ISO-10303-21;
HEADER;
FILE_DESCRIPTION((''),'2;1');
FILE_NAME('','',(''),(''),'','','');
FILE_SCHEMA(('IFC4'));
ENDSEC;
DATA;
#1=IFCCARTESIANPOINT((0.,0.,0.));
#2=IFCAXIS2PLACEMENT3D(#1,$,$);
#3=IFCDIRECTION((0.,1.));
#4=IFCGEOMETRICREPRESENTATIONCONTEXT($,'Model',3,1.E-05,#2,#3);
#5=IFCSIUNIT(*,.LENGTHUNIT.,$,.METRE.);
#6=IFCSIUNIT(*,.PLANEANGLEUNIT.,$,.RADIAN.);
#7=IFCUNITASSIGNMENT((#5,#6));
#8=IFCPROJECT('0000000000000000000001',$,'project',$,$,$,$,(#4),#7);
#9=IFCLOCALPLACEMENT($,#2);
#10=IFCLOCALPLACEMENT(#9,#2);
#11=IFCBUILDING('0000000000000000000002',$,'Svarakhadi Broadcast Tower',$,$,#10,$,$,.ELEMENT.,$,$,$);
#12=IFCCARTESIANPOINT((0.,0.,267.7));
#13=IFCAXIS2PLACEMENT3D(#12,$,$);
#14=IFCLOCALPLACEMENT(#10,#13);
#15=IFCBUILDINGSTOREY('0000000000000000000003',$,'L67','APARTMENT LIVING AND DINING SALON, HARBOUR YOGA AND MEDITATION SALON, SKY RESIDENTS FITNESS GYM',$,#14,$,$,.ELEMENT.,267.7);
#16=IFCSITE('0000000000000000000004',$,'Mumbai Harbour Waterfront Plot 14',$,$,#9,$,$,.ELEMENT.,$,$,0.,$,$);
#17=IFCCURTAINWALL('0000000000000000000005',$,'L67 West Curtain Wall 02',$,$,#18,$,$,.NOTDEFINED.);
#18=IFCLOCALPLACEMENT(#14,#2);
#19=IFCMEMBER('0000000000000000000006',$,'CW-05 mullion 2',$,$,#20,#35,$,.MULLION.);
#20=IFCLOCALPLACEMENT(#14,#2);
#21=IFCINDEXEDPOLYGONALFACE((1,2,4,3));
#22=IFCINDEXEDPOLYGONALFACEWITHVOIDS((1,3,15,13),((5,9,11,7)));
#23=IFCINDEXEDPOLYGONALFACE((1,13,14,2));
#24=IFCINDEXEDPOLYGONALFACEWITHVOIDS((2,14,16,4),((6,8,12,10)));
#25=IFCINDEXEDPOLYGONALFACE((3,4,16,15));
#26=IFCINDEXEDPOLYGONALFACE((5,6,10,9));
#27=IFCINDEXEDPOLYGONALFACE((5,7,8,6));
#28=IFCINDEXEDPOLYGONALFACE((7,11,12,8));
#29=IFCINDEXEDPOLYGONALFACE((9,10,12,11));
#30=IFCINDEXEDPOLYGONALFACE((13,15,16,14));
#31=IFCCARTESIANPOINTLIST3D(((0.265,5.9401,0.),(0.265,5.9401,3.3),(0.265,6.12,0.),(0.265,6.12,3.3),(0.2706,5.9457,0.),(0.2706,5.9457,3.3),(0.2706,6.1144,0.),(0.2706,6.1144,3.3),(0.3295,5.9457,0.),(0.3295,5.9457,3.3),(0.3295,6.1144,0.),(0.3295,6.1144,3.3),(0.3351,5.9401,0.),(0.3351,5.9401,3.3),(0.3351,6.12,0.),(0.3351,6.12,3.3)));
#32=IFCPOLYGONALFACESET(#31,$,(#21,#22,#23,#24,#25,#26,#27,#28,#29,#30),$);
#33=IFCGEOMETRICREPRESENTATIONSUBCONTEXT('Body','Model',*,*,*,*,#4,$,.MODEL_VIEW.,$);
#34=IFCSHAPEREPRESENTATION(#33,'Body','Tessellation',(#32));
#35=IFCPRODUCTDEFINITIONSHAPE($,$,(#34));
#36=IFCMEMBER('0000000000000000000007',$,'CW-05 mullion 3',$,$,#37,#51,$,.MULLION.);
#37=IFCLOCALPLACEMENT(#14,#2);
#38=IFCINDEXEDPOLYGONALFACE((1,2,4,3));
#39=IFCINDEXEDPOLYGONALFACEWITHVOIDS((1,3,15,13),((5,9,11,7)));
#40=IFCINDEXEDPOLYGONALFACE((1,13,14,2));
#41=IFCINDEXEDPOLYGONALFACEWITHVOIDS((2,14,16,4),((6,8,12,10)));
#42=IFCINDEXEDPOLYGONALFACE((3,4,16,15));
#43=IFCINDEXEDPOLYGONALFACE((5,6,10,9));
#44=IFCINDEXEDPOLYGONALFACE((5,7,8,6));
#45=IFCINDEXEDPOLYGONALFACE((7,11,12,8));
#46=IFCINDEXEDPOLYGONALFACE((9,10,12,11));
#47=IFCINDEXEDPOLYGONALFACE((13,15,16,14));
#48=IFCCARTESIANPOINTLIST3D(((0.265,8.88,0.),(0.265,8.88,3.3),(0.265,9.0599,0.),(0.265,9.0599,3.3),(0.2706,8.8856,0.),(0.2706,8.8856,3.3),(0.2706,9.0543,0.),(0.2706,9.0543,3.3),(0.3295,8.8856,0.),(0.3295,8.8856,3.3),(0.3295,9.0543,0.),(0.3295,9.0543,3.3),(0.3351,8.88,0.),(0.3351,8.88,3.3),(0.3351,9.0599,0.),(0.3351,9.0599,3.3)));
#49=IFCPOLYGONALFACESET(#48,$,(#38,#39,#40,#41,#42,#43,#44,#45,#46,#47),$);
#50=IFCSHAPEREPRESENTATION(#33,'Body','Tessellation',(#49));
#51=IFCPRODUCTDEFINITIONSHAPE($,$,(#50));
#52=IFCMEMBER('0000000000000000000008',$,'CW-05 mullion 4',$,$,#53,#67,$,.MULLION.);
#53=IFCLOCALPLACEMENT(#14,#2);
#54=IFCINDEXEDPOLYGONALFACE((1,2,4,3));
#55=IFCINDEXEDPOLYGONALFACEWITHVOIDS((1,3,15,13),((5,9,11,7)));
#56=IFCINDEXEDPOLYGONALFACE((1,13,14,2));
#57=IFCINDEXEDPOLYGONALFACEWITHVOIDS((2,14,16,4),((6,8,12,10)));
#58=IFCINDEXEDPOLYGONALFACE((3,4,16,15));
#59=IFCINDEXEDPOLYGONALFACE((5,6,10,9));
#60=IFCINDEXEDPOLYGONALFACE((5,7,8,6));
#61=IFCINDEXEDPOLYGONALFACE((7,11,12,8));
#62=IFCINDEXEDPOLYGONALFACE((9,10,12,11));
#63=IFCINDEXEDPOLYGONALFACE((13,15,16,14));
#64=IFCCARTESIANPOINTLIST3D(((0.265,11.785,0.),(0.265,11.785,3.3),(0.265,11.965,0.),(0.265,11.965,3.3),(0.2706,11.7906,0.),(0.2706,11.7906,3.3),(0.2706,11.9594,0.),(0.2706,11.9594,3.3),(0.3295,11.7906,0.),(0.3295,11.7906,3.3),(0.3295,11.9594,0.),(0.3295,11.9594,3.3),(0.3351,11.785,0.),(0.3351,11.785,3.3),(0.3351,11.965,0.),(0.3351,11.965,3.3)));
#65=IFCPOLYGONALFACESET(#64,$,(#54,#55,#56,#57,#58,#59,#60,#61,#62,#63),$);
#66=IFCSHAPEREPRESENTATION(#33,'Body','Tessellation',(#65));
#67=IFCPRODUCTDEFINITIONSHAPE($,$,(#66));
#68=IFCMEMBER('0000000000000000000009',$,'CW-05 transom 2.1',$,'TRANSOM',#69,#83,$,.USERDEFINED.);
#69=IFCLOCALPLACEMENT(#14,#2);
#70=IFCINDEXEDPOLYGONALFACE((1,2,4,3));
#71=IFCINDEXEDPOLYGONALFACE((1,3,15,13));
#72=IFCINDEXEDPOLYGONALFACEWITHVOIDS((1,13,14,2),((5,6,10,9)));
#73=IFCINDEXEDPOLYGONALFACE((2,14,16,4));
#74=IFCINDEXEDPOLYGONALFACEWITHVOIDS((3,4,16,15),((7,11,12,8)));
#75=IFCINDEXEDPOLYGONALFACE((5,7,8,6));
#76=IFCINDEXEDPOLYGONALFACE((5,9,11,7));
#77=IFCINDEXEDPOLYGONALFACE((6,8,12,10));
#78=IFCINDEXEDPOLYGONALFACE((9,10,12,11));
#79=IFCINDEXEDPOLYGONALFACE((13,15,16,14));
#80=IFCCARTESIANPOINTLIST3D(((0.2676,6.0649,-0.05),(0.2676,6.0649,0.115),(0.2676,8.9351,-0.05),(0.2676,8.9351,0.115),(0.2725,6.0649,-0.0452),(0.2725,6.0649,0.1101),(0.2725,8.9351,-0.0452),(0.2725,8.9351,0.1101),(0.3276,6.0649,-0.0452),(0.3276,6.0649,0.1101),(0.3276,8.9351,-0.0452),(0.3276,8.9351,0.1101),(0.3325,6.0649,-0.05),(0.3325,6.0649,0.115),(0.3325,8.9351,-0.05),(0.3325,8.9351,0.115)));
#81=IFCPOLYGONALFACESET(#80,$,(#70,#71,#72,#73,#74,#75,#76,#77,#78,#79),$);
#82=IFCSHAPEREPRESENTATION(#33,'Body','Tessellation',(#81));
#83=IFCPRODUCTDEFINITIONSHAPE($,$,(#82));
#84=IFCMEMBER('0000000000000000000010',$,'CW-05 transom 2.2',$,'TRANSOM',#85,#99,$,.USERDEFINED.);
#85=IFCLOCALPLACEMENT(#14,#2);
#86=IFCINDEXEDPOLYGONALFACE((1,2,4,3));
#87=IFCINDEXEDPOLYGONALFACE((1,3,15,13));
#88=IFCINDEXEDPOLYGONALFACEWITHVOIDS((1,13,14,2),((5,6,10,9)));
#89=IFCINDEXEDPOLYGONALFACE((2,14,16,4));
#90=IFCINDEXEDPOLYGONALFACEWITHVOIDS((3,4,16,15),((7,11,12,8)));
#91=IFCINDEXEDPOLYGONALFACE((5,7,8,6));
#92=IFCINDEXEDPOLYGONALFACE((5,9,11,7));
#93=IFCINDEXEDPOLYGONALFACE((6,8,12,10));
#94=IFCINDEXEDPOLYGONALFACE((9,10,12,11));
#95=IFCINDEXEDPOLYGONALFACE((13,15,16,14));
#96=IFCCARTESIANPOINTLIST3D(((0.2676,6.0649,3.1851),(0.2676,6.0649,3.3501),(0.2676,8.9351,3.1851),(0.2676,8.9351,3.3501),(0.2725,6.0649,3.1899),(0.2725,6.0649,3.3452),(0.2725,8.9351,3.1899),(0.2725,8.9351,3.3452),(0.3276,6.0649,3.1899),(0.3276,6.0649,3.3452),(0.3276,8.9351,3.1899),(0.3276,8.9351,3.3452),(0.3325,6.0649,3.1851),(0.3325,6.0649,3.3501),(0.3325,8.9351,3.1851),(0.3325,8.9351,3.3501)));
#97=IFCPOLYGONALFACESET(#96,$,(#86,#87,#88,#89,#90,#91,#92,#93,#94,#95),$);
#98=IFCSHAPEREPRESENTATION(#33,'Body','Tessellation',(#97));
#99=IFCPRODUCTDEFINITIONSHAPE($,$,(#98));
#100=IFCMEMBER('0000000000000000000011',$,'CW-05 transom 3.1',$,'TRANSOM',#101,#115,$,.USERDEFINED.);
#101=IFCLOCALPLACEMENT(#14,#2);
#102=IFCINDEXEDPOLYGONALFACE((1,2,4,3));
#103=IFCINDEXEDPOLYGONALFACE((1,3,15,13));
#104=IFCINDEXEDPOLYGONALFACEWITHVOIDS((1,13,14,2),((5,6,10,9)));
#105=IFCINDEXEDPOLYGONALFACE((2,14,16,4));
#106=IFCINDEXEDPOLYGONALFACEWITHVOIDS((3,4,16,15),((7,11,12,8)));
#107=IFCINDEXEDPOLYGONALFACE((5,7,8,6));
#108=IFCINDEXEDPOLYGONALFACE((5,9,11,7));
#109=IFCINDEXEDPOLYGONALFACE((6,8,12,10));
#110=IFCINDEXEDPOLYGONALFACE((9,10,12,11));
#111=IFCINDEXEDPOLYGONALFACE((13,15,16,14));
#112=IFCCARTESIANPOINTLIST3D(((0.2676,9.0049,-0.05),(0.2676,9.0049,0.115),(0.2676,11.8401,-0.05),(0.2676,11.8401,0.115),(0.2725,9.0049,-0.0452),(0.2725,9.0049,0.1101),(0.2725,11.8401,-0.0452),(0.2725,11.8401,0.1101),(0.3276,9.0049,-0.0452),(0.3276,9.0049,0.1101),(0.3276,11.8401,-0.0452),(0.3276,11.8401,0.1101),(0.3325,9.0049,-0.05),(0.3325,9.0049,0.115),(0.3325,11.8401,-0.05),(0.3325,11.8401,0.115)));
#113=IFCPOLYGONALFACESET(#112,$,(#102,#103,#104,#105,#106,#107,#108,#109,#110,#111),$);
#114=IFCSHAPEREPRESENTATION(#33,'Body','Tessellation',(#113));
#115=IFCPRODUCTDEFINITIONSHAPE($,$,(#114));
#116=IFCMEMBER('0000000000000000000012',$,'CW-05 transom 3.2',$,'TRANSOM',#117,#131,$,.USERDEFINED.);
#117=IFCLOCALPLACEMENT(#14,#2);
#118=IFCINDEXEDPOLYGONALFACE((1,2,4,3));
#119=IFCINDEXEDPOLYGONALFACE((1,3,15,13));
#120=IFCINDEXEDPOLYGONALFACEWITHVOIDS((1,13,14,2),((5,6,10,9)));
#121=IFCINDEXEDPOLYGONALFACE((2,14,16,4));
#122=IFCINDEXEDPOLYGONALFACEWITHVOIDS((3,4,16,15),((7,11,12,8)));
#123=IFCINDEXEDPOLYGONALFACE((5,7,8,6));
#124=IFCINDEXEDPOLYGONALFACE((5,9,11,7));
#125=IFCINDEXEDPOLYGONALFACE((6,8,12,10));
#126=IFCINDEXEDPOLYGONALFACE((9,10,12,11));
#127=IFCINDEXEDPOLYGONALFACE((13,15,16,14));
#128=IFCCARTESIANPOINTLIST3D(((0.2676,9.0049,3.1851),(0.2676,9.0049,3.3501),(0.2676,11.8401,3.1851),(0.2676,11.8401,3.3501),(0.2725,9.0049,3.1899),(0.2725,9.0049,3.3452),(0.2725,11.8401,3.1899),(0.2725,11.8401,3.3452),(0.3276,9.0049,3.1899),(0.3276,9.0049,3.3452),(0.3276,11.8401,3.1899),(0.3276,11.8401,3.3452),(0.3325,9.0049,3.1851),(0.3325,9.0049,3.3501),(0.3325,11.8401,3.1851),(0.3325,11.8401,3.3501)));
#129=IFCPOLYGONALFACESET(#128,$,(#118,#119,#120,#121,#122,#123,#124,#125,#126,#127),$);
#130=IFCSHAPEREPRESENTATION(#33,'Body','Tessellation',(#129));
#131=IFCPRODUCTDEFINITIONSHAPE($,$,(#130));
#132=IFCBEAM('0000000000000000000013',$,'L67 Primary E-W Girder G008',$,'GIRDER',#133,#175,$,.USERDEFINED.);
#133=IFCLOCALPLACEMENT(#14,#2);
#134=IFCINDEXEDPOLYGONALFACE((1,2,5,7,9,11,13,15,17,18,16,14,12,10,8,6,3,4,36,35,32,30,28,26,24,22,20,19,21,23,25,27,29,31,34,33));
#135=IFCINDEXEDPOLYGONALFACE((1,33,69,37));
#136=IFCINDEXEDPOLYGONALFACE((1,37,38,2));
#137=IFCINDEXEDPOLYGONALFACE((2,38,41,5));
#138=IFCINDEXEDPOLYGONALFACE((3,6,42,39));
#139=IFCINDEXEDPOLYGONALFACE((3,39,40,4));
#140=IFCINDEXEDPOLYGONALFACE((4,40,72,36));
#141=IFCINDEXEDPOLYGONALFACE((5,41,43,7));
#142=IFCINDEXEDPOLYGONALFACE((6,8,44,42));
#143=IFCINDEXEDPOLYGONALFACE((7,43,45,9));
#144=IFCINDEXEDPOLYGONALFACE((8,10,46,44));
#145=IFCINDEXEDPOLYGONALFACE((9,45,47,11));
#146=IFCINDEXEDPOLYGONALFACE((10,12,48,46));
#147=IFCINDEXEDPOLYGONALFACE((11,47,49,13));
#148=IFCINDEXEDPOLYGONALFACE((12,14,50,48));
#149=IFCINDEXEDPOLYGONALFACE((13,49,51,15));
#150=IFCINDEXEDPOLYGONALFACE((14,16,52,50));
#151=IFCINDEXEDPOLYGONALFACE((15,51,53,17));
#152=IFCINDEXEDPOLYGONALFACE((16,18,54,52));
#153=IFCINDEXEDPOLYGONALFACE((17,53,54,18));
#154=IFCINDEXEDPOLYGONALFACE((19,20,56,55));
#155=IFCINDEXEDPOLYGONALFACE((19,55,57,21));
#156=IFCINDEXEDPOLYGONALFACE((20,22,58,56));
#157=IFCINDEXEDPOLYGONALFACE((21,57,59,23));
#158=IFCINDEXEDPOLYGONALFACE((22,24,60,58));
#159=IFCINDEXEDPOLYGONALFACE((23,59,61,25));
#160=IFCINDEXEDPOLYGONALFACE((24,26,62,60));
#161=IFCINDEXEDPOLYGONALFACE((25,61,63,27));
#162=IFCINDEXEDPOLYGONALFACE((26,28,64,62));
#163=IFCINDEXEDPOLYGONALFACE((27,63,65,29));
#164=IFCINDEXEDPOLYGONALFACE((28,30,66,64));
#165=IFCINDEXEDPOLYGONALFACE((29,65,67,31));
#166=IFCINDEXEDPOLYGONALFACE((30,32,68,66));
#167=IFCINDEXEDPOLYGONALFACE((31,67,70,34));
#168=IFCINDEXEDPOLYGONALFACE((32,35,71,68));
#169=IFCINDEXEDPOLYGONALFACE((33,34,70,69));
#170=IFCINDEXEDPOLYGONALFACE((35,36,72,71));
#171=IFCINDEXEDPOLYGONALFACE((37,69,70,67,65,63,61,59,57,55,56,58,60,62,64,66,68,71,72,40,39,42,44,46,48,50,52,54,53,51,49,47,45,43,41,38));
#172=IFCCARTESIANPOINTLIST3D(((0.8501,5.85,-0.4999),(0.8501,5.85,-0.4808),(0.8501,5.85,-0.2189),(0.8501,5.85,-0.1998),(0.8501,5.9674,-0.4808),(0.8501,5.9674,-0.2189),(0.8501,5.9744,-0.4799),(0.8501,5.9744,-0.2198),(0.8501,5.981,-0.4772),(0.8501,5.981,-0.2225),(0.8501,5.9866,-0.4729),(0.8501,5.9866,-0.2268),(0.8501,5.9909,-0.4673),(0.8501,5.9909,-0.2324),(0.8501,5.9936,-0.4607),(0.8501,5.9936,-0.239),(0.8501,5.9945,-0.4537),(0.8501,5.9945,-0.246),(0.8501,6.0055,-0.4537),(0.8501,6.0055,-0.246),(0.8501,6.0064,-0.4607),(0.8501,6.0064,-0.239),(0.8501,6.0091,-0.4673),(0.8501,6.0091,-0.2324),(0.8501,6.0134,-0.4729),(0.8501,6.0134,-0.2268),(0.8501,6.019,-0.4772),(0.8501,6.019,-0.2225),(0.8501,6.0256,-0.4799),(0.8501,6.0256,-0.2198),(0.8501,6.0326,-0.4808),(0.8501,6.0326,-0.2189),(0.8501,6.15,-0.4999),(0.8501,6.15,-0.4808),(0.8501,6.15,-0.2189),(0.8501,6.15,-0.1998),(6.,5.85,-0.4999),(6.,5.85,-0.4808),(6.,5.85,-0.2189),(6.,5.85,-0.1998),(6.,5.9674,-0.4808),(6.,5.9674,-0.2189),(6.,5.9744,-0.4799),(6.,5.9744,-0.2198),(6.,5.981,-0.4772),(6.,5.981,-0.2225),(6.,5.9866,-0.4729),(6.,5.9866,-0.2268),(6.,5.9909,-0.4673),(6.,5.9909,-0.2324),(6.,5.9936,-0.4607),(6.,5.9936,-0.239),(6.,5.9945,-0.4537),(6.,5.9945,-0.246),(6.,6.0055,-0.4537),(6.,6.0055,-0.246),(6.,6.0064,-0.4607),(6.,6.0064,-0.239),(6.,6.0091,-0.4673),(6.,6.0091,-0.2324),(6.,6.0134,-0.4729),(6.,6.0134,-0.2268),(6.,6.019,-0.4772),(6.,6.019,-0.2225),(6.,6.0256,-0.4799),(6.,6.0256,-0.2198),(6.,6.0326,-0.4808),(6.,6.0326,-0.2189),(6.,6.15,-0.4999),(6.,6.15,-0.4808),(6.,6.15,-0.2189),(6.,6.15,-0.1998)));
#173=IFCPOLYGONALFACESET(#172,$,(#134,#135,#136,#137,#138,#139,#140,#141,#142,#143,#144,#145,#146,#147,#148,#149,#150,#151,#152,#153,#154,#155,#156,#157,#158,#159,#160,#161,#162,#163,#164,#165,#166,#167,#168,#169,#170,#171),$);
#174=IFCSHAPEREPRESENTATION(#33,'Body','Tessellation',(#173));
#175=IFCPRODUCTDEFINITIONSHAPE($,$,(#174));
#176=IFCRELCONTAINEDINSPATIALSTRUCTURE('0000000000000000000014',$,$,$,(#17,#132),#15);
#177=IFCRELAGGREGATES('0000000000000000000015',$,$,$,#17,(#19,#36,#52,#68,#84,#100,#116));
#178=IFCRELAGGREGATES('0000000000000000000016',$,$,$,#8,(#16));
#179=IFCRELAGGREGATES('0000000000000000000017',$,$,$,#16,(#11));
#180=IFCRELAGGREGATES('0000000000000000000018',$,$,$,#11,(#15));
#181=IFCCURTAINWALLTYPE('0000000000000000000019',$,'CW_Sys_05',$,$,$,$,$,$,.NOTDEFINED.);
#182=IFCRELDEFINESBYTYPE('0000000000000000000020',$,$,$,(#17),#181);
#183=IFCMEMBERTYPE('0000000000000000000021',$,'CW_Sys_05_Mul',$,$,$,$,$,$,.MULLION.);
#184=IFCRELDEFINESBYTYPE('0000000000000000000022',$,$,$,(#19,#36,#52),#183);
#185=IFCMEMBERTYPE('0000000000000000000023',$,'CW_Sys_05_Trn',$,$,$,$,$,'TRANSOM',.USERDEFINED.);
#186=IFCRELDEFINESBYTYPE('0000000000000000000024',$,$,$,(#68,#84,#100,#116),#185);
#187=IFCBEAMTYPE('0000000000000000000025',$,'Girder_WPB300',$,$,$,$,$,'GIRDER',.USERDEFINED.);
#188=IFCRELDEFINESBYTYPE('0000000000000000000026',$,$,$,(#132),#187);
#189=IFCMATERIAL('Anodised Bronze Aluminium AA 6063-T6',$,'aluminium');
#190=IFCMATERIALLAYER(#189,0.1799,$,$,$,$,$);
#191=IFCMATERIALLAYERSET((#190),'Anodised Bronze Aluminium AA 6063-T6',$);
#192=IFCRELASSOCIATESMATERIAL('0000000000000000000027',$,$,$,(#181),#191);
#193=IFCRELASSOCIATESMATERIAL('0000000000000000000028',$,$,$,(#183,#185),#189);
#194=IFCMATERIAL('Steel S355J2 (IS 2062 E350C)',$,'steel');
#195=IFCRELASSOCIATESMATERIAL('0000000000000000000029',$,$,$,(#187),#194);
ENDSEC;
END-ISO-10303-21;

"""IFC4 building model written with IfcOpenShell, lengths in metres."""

from ifc_helpers import new_model, si_unit, direction, frame, origin, origin_2d, place, context, subcontext, project, spatial, hollow_rectangle, i_section, extrude, material, layer, layer_set, material_profile, profile_set, type_object, element, aggregate, save


model = new_model("IFC4")

# Units and contexts
model_context = context("Model", 3, precision=1e-05, world=origin(), true_north=direction((0.0, 1.0)))
body_context = subcontext(model_context, "Body", "Model", "MODEL_VIEW")
ifc_project = project(units=[si_unit("LENGTHUNIT", "METRE"), si_unit("PLANEANGLEUNIT", "RADIAN")], contexts=[model_context])

# Site, building, storey
site_placement = place(None, origin())
site = spatial("IfcSite", under=ifc_project, at=site_placement, Name="Mumbai Harbour Waterfront Plot 14", CompositionType="ELEMENT", RefElevation=0.0)
building_placement = place(site_placement, origin())
building = spatial("IfcBuilding", under=site, at=building_placement, Name="Svarakhadi Broadcast Tower", CompositionType="ELEMENT")
storey_placement = place(building_placement, frame((0.0, 0.0, 267.7)))
storey = spatial("IfcBuildingStorey", under=building, at=storey_placement, Name="L67", Description="APARTMENT LIVING AND DINING SALON, HARBOUR YOGA AND MEDITATION SALON, SKY RESIDENTS FITNESS GYM", CompositionType="ELEMENT", Elevation=267.7)

# Shared definitions
ifc_material_1 = material(Name="Steel S355J2 (IS 2062 E350C)", Category="steel")

# Curtain wall, members
ifc_material_2 = material(Name="Anodised Bronze Aluminium AA 6063-T6", Category="aluminium")
ifc_layer_1 = layer(ifc_material_2, 0.1799)
ifc_layer_set_1 = layer_set([ifc_layer_1], Name="Anodised Bronze Aluminium AA 6063-T6")
curtain_wall_type = type_object("IfcCurtainWallType", Name="CW_Sys_05", PredefinedType="NOTDEFINED", material=ifc_layer_set_1)
curtain_wall_placement = place(storey_placement, origin())
curtain_wall = element("IfcCurtainWall", 1, at=curtain_wall_placement, inside=storey, type_object=curtain_wall_type, Name="L67 West Curtain Wall 02", PredefinedType="NOTDEFINED")
ifc_material_profile_1 = material_profile(ifc_material_2, hollow_rectangle(XDim=0.0701, YDim=0.1799, WallThickness=0.0056, at=origin_2d()), Name="ALU MULLION 180x70x6")
ifc_profile_set_1 = profile_set([ifc_material_profile_1], Name="Anodised Bronze Aluminium AA 6063-T6")
member_type_1 = type_object("IfcMemberType", Name="CW_Sys_05_Mul", PredefinedType="MULLION", material=ifc_profile_set_1)
member_1_placement = place(storey_placement, frame((0.3, 6.03, 0.0), z_axis=(0.0, 0.0, 1.0), x_axis=(-1.0, 0.0, 0.0)))
member_1 = element("IfcMember", 2, at=member_1_placement, type_object=member_type_1, Name="CW-05 mullion 2", PredefinedType="MULLION", context=body_context, shape_type="SweptSolid", body=[
    extrude(hollow_rectangle(XDim=0.0701, YDim=0.1799, WallThickness=0.0056, at=origin_2d()), origin(), (0.0, 0.0, 1.0), 3.3),
])
member_2_placement = place(storey_placement, frame((0.3, 8.97, 0.0), z_axis=(0.0, 0.0, 1.0), x_axis=(-1.0, 0.0, 0.0)))
member_2 = element("IfcMember", 3, at=member_2_placement, type_object=member_type_1, Name="CW-05 mullion 3", PredefinedType="MULLION", context=body_context, shape_type="SweptSolid", body=[
    extrude(hollow_rectangle(XDim=0.0701, YDim=0.1799, WallThickness=0.0056, at=origin_2d()), origin(), (0.0, 0.0, 1.0), 3.3),
])
member_3_placement = place(storey_placement, frame((0.3, 11.875, 0.0), z_axis=(0.0, 0.0, 1.0), x_axis=(-1.0, 0.0, 0.0)))
member_3 = element("IfcMember", 4, at=member_3_placement, type_object=member_type_1, Name="CW-05 mullion 4", PredefinedType="MULLION", context=body_context, shape_type="SweptSolid", body=[
    extrude(hollow_rectangle(XDim=0.0701, YDim=0.1799, WallThickness=0.0056, at=origin_2d()), origin(), (0.0, 0.0, 1.0), 3.3),
])
ifc_material_profile_2 = material_profile(ifc_material_2, hollow_rectangle(XDim=0.0649, YDim=0.165, WallThickness=0.0049, at=origin_2d()), Name="ALU TRANSOM 165x65x5")
ifc_profile_set_2 = profile_set([ifc_material_profile_2], Name="Anodised Bronze Aluminium AA 6063-T6")
member_type_2 = type_object("IfcMemberType", Name="CW_Sys_05_Trn", ElementType="TRANSOM", PredefinedType="USERDEFINED", material=ifc_profile_set_2)
member_4_placement = place(storey_placement, frame((0.3, 6.0649, 0.0325), z_axis=(0.0, 1.0, 0.0), x_axis=(-1.0, 0.0, 0.0)))
member_4 = element("IfcMember", 5, at=member_4_placement, type_object=member_type_2, Name="CW-05 transom 2.1", ObjectType="TRANSOM", PredefinedType="USERDEFINED", context=body_context, shape_type="SweptSolid", body=[
    extrude(hollow_rectangle(XDim=0.0649, YDim=0.165, WallThickness=0.0049, at=origin_2d()), origin(), (0.0, 0.0, 1.0), 2.8701),
])
member_5_placement = place(storey_placement, frame((0.3, 6.0649, 3.2676), z_axis=(0.0, 1.0, 0.0), x_axis=(-1.0, 0.0, 0.0)))
member_5 = element("IfcMember", 6, at=member_5_placement, type_object=member_type_2, Name="CW-05 transom 2.2", ObjectType="TRANSOM", PredefinedType="USERDEFINED", context=body_context, shape_type="SweptSolid", body=[
    extrude(hollow_rectangle(XDim=0.0649, YDim=0.165, WallThickness=0.0049, at=origin_2d()), origin(), (0.0, 0.0, 1.0), 2.8701),
])
member_6_placement = place(storey_placement, frame((0.3, 9.0049, 0.0325), z_axis=(0.0, 1.0, 0.0), x_axis=(-1.0, 0.0, 0.0)))
member_6 = element("IfcMember", 7, at=member_6_placement, type_object=member_type_2, Name="CW-05 transom 3.1", ObjectType="TRANSOM", PredefinedType="USERDEFINED", context=body_context, shape_type="SweptSolid", body=[
    extrude(hollow_rectangle(XDim=0.0649, YDim=0.165, WallThickness=0.0049, at=origin_2d()), origin(), (0.0, 0.0, 1.0), 2.8352),
])
member_7_placement = place(storey_placement, frame((0.3, 9.0049, 3.2676), z_axis=(0.0, 1.0, 0.0), x_axis=(-1.0, 0.0, 0.0)))
member_7 = element("IfcMember", 8, at=member_7_placement, type_object=member_type_2, Name="CW-05 transom 3.2", ObjectType="TRANSOM", PredefinedType="USERDEFINED", context=body_context, shape_type="SweptSolid", body=[
    extrude(hollow_rectangle(XDim=0.0649, YDim=0.165, WallThickness=0.0049, at=origin_2d()), origin(), (0.0, 0.0, 1.0), 2.8352),
])

# Beam
ifc_material_profile_3 = material_profile(ifc_material_1, i_section(OverallWidth=0.3, OverallDepth=0.3, WebThickness=0.011, FlangeThickness=0.019, FilletRadius=0.0271, at=origin_2d()), Name="WPB 300x300x117")
ifc_profile_set_3 = profile_set([ifc_material_profile_3], Name="Steel S355J2 (IS 2062 E350C)")
beam_type_1 = type_object("IfcBeamType", Name="Girder_WPB300", ElementType="GIRDER", PredefinedType="USERDEFINED", material=ifc_profile_set_3)
for number, where, z_axis, x_axis, name in (
    (9, (0.8501, 6.0, -0.3499), (1.0, 0.0, 0.0), (0.0, 1.0, 0.0), "L67 Primary E-W Girder G008"),
):
    element("IfcBeam", number, at=place(storey_placement, frame(where, z_axis=z_axis, x_axis=x_axis)), inside=storey, type_object=beam_type_1, Name=name, ObjectType="GIRDER", PredefinedType="USERDEFINED", context=body_context, shape_type="SweptSolid", body=[
        extrude(i_section(OverallWidth=0.3, OverallDepth=0.3, WebThickness=0.011, FlangeThickness=0.019, FilletRadius=0.0271, at=origin_2d()), origin(), (0.0, 0.0, 1.0), 5.1499),
    ])

aggregate(curtain_wall, [member_1, member_2, member_3, member_4, member_5, member_6, member_7])

save(model, "model.ifc")
